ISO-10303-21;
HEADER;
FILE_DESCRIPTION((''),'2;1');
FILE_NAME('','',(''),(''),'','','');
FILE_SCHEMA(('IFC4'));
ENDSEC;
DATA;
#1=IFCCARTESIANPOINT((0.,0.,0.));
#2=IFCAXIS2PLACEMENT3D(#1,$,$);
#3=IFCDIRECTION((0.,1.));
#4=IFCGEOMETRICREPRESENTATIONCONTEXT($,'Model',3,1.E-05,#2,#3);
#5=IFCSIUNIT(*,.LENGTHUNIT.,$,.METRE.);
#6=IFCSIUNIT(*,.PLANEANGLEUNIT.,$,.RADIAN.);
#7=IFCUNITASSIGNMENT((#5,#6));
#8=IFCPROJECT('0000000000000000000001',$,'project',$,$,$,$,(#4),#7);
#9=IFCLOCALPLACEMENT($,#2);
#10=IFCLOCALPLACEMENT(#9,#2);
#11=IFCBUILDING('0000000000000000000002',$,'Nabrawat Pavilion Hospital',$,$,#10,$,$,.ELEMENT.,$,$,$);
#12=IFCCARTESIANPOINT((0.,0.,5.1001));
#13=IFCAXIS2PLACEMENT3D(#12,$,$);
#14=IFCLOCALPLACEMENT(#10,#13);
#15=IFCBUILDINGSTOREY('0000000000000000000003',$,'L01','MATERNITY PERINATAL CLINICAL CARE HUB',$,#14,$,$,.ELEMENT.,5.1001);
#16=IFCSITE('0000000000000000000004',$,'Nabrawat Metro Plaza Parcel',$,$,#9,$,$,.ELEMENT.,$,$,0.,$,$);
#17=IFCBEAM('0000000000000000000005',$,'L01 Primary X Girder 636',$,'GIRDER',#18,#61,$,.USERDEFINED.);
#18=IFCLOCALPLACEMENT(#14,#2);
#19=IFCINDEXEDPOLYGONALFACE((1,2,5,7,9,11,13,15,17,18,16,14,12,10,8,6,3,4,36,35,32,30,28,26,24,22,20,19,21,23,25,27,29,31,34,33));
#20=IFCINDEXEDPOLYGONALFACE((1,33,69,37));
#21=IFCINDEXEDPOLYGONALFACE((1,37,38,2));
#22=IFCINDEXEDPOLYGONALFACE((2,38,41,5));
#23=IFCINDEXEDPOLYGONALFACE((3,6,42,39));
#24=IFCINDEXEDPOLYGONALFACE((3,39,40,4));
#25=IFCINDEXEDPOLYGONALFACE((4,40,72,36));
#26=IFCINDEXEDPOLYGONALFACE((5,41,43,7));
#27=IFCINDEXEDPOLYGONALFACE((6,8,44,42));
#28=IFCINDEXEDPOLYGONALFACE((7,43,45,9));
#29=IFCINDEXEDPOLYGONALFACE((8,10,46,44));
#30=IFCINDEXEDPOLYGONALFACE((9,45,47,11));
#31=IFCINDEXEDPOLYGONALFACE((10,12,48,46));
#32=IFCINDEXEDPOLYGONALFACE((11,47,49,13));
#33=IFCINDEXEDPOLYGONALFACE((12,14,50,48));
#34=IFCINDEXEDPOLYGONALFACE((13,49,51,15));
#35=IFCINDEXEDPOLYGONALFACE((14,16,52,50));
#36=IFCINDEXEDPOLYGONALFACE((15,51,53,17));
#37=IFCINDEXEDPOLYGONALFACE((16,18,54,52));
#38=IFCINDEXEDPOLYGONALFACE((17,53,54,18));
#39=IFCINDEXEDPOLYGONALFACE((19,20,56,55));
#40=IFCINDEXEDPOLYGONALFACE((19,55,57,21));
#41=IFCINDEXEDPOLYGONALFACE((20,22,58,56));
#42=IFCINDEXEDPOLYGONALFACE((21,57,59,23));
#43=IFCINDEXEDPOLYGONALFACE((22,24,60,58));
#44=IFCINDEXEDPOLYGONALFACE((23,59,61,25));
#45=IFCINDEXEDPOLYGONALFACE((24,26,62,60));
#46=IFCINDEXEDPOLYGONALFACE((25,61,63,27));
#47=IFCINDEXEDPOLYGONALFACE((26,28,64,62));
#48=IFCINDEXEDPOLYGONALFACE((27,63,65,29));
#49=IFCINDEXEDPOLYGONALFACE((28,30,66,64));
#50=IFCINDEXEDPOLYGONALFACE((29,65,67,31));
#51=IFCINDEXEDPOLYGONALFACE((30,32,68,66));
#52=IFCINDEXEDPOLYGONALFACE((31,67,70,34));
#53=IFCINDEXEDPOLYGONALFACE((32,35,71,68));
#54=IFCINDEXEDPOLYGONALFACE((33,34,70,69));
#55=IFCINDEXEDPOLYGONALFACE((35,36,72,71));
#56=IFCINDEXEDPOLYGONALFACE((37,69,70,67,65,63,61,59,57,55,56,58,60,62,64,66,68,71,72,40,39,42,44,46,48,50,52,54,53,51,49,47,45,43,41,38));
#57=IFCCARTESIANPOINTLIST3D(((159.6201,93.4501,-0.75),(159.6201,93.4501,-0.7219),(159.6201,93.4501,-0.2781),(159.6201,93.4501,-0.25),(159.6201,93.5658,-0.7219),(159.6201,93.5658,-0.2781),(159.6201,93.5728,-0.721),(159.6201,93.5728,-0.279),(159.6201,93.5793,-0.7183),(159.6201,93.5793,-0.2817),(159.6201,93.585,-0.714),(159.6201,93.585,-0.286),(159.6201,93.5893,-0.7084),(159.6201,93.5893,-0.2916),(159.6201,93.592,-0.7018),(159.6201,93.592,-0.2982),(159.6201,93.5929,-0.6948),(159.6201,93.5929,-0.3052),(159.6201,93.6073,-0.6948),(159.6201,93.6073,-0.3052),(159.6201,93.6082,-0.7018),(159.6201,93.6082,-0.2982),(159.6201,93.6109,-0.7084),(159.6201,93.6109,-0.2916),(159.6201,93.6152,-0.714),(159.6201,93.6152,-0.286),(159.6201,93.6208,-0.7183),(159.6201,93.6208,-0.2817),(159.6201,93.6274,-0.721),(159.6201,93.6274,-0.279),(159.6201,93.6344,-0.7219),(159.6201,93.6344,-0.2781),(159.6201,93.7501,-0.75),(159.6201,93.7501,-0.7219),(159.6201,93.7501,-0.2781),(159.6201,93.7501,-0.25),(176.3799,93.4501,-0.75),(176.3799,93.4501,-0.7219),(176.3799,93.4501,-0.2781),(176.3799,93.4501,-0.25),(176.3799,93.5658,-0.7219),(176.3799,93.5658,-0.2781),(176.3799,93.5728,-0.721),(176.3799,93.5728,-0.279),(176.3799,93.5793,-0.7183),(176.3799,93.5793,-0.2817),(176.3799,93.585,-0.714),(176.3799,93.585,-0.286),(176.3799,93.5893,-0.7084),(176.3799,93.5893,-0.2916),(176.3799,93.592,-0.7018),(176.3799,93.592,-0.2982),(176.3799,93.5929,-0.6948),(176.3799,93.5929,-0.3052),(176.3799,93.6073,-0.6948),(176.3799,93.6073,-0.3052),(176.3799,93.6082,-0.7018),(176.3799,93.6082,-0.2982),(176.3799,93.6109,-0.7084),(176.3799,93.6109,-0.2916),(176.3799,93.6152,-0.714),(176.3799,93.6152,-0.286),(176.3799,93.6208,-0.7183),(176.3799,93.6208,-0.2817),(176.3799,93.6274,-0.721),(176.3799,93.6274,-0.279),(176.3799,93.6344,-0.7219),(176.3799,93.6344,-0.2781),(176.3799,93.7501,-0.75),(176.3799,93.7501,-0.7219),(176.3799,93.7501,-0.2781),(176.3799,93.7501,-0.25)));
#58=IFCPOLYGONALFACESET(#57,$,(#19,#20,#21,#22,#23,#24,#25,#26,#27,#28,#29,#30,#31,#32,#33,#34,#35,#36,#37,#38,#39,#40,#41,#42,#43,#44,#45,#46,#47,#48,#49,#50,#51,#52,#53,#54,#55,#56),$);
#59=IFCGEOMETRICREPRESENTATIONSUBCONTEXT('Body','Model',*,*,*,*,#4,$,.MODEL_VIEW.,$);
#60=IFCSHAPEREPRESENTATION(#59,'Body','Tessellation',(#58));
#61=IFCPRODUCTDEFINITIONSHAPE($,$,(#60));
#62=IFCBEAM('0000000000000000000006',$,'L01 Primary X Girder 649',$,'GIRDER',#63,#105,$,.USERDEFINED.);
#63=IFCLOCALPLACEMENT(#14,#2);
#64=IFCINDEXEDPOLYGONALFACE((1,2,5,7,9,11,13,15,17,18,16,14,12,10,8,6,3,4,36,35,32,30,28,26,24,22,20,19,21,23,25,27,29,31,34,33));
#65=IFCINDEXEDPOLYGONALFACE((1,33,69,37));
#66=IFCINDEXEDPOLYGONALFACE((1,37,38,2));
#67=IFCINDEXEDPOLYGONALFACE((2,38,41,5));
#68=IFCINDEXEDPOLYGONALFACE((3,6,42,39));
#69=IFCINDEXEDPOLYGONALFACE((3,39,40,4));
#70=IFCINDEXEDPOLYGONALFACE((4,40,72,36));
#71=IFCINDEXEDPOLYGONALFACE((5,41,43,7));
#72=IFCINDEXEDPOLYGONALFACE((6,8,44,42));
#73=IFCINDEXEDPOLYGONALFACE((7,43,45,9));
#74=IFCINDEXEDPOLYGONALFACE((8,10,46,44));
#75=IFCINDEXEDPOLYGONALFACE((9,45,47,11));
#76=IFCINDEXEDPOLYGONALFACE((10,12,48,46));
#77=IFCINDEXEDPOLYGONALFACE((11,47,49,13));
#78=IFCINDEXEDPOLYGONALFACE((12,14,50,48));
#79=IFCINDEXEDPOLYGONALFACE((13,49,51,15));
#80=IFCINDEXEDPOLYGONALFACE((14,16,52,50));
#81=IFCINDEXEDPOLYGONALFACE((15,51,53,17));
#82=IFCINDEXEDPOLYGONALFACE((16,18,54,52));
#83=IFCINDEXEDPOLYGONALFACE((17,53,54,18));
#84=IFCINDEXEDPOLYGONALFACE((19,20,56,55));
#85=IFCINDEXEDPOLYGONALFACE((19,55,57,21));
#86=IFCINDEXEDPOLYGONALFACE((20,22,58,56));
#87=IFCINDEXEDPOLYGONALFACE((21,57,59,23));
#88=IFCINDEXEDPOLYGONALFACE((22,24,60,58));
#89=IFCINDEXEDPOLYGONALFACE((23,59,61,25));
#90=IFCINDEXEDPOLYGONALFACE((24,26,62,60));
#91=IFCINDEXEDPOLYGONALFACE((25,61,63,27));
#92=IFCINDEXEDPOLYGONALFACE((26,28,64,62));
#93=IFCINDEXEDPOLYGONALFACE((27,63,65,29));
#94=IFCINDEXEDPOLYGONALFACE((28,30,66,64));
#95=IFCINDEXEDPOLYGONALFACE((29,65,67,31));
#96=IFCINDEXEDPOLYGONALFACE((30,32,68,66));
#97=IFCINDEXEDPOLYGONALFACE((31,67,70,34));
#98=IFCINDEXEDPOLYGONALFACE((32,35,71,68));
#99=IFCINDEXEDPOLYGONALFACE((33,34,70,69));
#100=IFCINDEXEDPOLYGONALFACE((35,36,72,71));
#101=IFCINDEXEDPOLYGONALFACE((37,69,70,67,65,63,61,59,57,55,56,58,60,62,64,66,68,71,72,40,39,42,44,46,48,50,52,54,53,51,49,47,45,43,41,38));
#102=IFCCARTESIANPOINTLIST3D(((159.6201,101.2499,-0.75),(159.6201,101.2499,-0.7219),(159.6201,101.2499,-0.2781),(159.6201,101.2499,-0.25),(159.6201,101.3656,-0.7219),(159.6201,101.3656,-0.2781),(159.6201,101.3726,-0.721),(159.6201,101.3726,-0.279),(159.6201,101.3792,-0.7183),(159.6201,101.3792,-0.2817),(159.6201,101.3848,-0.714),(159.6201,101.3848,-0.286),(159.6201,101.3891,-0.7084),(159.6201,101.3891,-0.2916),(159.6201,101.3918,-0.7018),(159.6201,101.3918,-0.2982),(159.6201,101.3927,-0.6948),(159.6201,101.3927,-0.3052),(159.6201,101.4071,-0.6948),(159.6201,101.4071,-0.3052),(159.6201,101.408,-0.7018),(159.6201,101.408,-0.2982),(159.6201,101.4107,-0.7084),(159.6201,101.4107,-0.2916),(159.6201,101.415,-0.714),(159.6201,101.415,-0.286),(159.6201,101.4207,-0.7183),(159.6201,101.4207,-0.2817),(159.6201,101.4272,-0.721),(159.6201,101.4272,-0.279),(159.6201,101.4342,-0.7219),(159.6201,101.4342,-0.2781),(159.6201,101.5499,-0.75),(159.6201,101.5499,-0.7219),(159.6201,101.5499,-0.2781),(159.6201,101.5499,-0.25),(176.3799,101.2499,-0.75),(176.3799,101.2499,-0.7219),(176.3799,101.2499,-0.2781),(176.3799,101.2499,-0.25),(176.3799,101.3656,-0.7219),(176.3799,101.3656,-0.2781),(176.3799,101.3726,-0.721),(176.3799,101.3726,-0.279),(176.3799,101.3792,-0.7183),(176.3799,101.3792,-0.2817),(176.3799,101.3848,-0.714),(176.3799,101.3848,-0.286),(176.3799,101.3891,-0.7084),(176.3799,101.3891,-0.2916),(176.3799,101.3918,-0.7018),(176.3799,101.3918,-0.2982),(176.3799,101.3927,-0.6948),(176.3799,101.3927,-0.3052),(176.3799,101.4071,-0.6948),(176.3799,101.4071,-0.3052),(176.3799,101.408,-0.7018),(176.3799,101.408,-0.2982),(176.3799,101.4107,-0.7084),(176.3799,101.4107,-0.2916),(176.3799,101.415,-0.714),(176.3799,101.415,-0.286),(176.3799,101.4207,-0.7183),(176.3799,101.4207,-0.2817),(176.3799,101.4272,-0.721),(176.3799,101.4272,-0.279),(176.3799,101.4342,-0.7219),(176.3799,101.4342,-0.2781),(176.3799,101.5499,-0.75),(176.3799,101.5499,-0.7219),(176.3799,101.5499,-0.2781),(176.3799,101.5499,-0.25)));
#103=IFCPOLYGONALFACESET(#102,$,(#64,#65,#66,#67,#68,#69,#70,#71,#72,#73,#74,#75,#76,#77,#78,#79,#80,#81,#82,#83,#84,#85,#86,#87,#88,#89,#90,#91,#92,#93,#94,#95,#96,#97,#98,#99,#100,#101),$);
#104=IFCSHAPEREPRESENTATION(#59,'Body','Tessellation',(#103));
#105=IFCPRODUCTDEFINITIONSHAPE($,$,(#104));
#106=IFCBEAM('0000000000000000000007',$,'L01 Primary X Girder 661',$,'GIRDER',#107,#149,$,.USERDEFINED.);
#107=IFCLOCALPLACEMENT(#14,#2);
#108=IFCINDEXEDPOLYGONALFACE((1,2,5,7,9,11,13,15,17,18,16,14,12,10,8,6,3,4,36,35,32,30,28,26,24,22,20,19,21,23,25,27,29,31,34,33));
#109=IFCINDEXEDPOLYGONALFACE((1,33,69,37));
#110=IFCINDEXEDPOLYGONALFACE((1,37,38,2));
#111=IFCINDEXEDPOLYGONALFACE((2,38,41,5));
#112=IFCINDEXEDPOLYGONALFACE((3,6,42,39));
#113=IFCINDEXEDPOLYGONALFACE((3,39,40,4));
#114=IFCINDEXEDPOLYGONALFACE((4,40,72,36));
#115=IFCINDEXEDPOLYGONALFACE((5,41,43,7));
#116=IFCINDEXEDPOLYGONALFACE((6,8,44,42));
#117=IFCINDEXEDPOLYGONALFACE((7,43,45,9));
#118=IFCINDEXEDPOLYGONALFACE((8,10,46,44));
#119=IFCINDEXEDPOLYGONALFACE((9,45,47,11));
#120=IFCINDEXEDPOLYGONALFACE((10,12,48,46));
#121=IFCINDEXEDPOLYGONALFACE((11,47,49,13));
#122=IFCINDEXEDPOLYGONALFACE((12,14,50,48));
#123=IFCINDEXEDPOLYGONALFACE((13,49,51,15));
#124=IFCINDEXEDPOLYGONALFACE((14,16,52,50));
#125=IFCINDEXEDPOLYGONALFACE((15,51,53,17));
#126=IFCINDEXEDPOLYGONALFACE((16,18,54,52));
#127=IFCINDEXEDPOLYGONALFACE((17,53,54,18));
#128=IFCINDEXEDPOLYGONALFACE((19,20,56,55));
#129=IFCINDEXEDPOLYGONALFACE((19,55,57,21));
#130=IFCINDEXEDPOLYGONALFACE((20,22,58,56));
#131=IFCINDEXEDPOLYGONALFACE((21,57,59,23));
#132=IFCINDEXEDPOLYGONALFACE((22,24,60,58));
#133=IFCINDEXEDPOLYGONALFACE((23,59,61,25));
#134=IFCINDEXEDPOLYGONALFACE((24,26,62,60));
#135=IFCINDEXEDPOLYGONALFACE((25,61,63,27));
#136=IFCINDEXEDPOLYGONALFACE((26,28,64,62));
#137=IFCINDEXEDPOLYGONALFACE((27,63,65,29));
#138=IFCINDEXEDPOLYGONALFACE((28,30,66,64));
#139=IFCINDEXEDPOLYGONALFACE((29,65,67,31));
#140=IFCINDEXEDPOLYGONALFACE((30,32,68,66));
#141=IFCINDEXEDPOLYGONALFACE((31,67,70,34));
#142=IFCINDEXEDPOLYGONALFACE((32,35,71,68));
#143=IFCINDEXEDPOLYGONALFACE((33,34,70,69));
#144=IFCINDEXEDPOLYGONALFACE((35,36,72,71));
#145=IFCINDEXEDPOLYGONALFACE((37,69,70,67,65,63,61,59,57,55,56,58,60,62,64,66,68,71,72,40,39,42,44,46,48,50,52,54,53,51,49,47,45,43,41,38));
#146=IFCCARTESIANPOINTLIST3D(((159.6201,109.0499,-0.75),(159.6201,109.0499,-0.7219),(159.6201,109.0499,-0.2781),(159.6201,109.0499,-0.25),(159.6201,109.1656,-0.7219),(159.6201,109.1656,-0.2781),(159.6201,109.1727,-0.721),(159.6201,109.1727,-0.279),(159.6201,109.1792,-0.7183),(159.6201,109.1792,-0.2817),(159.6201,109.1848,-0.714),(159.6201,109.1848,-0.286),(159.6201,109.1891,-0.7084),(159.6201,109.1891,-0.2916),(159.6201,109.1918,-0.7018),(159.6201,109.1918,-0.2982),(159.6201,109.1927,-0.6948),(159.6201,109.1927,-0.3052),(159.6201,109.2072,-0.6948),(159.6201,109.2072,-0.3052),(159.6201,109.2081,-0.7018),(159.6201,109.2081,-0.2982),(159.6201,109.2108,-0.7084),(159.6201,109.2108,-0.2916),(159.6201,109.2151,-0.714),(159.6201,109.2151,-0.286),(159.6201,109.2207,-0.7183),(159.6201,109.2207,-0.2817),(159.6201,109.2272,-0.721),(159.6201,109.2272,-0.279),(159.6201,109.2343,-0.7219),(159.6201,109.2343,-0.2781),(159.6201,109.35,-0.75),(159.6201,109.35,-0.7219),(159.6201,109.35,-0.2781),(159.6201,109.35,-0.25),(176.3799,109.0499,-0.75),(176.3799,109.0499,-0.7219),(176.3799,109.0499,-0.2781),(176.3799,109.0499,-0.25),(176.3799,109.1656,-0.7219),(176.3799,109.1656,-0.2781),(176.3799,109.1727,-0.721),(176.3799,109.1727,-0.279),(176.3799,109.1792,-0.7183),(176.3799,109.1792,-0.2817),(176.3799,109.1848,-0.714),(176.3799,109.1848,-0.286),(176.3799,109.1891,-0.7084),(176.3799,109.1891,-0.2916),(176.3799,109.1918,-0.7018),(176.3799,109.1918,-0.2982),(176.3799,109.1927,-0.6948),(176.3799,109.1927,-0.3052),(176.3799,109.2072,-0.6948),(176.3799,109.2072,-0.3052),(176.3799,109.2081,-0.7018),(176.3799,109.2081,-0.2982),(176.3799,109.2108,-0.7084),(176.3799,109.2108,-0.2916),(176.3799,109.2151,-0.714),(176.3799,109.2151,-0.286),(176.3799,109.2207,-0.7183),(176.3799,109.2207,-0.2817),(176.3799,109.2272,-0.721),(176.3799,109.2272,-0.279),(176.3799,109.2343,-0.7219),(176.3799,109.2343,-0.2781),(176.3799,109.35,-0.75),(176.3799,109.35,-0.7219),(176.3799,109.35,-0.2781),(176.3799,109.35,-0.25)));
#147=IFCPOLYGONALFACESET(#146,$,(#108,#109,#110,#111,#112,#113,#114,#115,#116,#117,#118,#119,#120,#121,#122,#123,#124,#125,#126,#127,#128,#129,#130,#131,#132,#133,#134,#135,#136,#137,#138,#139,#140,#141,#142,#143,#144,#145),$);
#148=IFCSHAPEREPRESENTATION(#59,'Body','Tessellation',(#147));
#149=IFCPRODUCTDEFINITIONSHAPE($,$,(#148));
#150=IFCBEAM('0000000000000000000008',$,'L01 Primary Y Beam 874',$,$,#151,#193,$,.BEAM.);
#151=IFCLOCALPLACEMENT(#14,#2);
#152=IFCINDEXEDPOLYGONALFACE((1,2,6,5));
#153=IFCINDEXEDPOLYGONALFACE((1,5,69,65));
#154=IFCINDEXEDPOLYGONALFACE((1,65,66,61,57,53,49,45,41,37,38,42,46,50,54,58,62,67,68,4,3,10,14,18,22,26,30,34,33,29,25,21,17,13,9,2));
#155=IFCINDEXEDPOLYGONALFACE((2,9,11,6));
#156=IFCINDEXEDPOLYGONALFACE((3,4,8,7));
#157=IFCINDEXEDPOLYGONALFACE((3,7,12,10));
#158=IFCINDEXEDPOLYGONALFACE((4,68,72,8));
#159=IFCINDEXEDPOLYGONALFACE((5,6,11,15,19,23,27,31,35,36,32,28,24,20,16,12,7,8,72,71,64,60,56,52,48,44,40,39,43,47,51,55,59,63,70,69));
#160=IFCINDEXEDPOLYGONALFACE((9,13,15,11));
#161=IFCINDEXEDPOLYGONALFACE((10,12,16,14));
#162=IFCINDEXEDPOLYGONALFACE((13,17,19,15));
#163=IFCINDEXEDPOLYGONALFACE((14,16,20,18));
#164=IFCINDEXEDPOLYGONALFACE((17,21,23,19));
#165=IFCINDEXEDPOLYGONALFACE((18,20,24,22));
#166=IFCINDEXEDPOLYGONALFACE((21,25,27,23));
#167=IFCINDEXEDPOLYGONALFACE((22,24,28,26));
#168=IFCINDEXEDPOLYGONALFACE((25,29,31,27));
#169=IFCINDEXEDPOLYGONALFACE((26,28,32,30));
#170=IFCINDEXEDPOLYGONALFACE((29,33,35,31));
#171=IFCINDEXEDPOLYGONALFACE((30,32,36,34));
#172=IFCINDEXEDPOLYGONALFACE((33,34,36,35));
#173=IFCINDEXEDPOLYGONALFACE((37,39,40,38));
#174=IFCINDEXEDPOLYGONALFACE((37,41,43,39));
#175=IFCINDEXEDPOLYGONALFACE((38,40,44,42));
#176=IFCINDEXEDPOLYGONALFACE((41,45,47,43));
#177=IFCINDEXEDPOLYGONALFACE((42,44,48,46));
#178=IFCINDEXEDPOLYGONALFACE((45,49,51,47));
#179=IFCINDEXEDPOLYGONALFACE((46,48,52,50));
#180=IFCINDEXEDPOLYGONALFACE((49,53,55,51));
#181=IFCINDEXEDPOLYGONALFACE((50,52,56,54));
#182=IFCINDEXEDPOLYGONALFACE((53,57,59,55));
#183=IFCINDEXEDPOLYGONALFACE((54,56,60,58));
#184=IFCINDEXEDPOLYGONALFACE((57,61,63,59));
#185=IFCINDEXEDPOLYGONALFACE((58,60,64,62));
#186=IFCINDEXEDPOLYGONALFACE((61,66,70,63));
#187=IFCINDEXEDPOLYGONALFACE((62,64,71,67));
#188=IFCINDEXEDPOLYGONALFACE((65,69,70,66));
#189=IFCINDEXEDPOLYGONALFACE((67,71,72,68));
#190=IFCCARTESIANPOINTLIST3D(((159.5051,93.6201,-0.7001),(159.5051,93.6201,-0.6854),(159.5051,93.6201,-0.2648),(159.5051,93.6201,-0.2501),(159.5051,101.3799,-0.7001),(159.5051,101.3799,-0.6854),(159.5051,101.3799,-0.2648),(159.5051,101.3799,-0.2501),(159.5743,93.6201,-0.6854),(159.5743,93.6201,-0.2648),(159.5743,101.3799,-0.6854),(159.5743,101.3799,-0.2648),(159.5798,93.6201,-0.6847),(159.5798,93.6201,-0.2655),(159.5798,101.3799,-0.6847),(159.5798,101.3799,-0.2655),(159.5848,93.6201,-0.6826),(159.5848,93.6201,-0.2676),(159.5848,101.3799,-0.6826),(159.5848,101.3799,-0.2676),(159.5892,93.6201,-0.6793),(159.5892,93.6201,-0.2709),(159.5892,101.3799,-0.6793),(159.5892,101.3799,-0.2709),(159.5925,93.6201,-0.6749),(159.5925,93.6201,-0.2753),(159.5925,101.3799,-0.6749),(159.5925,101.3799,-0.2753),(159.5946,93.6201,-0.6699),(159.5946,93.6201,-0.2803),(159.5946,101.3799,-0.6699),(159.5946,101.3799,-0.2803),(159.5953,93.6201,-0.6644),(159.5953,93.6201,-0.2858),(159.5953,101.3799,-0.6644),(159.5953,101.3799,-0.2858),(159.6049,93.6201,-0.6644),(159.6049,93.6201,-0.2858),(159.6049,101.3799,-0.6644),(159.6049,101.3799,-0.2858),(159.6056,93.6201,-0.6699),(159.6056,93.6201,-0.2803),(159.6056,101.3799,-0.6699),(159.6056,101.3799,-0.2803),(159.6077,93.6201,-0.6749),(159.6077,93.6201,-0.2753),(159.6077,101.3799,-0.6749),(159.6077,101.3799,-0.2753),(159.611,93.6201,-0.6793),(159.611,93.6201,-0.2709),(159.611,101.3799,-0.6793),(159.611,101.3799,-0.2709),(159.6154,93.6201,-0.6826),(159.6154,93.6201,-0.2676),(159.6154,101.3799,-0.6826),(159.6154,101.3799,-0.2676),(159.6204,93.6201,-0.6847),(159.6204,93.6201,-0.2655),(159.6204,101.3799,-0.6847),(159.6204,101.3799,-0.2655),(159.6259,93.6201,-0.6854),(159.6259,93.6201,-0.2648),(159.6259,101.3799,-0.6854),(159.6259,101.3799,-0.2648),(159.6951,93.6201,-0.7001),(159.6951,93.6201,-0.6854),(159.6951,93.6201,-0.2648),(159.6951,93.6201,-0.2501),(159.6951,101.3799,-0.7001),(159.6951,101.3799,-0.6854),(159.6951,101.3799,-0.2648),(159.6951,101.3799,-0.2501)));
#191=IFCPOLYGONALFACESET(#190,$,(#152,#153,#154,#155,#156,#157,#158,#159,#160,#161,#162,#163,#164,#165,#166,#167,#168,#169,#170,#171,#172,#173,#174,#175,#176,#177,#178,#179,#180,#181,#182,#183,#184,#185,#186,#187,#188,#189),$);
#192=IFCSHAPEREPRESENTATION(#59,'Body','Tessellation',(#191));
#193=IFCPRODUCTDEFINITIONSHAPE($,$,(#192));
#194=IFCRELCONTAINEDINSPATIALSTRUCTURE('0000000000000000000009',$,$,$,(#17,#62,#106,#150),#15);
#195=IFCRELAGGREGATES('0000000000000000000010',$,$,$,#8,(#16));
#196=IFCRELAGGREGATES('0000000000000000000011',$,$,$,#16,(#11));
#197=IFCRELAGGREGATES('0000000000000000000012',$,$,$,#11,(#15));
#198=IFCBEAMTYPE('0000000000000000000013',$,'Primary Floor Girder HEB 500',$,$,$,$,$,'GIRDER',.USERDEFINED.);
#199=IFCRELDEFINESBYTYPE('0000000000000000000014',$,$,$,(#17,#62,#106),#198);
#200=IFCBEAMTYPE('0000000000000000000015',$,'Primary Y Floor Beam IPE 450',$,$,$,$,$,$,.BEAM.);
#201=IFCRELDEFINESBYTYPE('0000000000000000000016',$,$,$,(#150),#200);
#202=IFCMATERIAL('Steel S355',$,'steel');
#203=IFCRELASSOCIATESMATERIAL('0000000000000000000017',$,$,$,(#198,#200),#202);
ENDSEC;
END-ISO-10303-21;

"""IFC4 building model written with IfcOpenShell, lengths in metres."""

from ifc_helpers import new_model, si_unit, direction, frame, origin, origin_2d, place, context, subcontext, project, spatial, i_section, extrude, material, material_profile, profile_set, type_object, element, save


model = new_model("IFC4")

# Units and contexts
model_context = context("Model", 3, precision=1e-05, world=origin(), true_north=direction((0.0, 1.0)))
body_context = subcontext(model_context, "Body", "Model", "MODEL_VIEW")
ifc_project = project(units=[si_unit("LENGTHUNIT", "METRE"), si_unit("PLANEANGLEUNIT", "RADIAN")], contexts=[model_context])

# Site, building, storey
site_placement = place(None, origin())
site = spatial("IfcSite", under=ifc_project, at=site_placement, Name="Nabrawat Metro Plaza Parcel", CompositionType="ELEMENT", RefElevation=0.0)
building_placement = place(site_placement, origin())
building = spatial("IfcBuilding", under=site, at=building_placement, Name="Nabrawat Pavilion Hospital", CompositionType="ELEMENT")
storey_placement = place(building_placement, frame((0.0, 0.0, 5.1001)))
storey = spatial("IfcBuildingStorey", under=building, at=storey_placement, Name="L01", Description="MATERNITY PERINATAL CLINICAL CARE HUB", CompositionType="ELEMENT", Elevation=5.1001)

# Shared definitions
ifc_material_1 = material(Name="Steel S355", Category="steel")

# Beams
ifc_material_profile_1 = material_profile(ifc_material_1, i_section(OverallWidth=0.3, OverallDepth=0.5, WebThickness=0.0144, FlangeThickness=0.0281, FilletRadius=0.0271, at=origin_2d()), Name="HEB 500")
ifc_profile_set_1 = profile_set([ifc_material_profile_1], Name="Steel S355")
beam_type_1 = type_object("IfcBeamType", Name="Primary Floor Girder HEB 500", ElementType="GIRDER", PredefinedType="USERDEFINED", material=ifc_profile_set_1)
for number, where, z_axis, x_axis, name in (
    (1, (159.6201, 93.6001, -0.5), (1.0, 0.0, 0.0), (0.0, 1.0, 0.0), "L01 Primary X Girder 636"),
    (2, (159.6201, 101.3999, -0.5), (1.0, 0.0, 0.0), (0.0, 1.0, 0.0), "L01 Primary X Girder 649"),
    (3, (159.6201, 109.2, -0.5), (1.0, 0.0, 0.0), (0.0, 1.0, 0.0), "L01 Primary X Girder 661"),
):
    element("IfcBeam", number, at=place(storey_placement, frame(where, z_axis=z_axis, x_axis=x_axis)), inside=storey, type_object=beam_type_1, Name=name, ObjectType="GIRDER", PredefinedType="USERDEFINED", context=body_context, shape_type="SweptSolid", body=[
        extrude(i_section(OverallWidth=0.3, OverallDepth=0.5, WebThickness=0.0144, FlangeThickness=0.0281, FilletRadius=0.0271, at=origin_2d()), origin(), (0.0, 0.0, 1.0), 16.7598),
    ])
ifc_material_profile_2 = material_profile(ifc_material_1, i_section(OverallWidth=0.1899, OverallDepth=0.45, WebThickness=0.0095, FlangeThickness=0.0146, FilletRadius=0.021, at=origin_2d()), Name="IPE 450")
ifc_profile_set_2 = profile_set([ifc_material_profile_2], Name="Steel S355")
beam_type_2 = type_object("IfcBeamType", Name="Primary Y Floor Beam IPE 450", PredefinedType="BEAM", material=ifc_profile_set_2)
beam_1_placement = place(storey_placement, frame((159.6001, 93.6201, -0.4751), z_axis=(0.0, 1.0, 0.0), x_axis=(-1.0, 0.0, 0.0)))
element("IfcBeam", 4, at=beam_1_placement, inside=storey, type_object=beam_type_2, Name="L01 Primary Y Beam 874", PredefinedType="BEAM", context=body_context, shape_type="SweptSolid", body=[
    extrude(i_section(OverallWidth=0.1899, OverallDepth=0.45, WebThickness=0.0095, FlangeThickness=0.0146, FilletRadius=0.021, at=origin_2d()), origin(), (0.0, 0.0, 1.0), 7.7598),
])

save(model, "model.ifc")
